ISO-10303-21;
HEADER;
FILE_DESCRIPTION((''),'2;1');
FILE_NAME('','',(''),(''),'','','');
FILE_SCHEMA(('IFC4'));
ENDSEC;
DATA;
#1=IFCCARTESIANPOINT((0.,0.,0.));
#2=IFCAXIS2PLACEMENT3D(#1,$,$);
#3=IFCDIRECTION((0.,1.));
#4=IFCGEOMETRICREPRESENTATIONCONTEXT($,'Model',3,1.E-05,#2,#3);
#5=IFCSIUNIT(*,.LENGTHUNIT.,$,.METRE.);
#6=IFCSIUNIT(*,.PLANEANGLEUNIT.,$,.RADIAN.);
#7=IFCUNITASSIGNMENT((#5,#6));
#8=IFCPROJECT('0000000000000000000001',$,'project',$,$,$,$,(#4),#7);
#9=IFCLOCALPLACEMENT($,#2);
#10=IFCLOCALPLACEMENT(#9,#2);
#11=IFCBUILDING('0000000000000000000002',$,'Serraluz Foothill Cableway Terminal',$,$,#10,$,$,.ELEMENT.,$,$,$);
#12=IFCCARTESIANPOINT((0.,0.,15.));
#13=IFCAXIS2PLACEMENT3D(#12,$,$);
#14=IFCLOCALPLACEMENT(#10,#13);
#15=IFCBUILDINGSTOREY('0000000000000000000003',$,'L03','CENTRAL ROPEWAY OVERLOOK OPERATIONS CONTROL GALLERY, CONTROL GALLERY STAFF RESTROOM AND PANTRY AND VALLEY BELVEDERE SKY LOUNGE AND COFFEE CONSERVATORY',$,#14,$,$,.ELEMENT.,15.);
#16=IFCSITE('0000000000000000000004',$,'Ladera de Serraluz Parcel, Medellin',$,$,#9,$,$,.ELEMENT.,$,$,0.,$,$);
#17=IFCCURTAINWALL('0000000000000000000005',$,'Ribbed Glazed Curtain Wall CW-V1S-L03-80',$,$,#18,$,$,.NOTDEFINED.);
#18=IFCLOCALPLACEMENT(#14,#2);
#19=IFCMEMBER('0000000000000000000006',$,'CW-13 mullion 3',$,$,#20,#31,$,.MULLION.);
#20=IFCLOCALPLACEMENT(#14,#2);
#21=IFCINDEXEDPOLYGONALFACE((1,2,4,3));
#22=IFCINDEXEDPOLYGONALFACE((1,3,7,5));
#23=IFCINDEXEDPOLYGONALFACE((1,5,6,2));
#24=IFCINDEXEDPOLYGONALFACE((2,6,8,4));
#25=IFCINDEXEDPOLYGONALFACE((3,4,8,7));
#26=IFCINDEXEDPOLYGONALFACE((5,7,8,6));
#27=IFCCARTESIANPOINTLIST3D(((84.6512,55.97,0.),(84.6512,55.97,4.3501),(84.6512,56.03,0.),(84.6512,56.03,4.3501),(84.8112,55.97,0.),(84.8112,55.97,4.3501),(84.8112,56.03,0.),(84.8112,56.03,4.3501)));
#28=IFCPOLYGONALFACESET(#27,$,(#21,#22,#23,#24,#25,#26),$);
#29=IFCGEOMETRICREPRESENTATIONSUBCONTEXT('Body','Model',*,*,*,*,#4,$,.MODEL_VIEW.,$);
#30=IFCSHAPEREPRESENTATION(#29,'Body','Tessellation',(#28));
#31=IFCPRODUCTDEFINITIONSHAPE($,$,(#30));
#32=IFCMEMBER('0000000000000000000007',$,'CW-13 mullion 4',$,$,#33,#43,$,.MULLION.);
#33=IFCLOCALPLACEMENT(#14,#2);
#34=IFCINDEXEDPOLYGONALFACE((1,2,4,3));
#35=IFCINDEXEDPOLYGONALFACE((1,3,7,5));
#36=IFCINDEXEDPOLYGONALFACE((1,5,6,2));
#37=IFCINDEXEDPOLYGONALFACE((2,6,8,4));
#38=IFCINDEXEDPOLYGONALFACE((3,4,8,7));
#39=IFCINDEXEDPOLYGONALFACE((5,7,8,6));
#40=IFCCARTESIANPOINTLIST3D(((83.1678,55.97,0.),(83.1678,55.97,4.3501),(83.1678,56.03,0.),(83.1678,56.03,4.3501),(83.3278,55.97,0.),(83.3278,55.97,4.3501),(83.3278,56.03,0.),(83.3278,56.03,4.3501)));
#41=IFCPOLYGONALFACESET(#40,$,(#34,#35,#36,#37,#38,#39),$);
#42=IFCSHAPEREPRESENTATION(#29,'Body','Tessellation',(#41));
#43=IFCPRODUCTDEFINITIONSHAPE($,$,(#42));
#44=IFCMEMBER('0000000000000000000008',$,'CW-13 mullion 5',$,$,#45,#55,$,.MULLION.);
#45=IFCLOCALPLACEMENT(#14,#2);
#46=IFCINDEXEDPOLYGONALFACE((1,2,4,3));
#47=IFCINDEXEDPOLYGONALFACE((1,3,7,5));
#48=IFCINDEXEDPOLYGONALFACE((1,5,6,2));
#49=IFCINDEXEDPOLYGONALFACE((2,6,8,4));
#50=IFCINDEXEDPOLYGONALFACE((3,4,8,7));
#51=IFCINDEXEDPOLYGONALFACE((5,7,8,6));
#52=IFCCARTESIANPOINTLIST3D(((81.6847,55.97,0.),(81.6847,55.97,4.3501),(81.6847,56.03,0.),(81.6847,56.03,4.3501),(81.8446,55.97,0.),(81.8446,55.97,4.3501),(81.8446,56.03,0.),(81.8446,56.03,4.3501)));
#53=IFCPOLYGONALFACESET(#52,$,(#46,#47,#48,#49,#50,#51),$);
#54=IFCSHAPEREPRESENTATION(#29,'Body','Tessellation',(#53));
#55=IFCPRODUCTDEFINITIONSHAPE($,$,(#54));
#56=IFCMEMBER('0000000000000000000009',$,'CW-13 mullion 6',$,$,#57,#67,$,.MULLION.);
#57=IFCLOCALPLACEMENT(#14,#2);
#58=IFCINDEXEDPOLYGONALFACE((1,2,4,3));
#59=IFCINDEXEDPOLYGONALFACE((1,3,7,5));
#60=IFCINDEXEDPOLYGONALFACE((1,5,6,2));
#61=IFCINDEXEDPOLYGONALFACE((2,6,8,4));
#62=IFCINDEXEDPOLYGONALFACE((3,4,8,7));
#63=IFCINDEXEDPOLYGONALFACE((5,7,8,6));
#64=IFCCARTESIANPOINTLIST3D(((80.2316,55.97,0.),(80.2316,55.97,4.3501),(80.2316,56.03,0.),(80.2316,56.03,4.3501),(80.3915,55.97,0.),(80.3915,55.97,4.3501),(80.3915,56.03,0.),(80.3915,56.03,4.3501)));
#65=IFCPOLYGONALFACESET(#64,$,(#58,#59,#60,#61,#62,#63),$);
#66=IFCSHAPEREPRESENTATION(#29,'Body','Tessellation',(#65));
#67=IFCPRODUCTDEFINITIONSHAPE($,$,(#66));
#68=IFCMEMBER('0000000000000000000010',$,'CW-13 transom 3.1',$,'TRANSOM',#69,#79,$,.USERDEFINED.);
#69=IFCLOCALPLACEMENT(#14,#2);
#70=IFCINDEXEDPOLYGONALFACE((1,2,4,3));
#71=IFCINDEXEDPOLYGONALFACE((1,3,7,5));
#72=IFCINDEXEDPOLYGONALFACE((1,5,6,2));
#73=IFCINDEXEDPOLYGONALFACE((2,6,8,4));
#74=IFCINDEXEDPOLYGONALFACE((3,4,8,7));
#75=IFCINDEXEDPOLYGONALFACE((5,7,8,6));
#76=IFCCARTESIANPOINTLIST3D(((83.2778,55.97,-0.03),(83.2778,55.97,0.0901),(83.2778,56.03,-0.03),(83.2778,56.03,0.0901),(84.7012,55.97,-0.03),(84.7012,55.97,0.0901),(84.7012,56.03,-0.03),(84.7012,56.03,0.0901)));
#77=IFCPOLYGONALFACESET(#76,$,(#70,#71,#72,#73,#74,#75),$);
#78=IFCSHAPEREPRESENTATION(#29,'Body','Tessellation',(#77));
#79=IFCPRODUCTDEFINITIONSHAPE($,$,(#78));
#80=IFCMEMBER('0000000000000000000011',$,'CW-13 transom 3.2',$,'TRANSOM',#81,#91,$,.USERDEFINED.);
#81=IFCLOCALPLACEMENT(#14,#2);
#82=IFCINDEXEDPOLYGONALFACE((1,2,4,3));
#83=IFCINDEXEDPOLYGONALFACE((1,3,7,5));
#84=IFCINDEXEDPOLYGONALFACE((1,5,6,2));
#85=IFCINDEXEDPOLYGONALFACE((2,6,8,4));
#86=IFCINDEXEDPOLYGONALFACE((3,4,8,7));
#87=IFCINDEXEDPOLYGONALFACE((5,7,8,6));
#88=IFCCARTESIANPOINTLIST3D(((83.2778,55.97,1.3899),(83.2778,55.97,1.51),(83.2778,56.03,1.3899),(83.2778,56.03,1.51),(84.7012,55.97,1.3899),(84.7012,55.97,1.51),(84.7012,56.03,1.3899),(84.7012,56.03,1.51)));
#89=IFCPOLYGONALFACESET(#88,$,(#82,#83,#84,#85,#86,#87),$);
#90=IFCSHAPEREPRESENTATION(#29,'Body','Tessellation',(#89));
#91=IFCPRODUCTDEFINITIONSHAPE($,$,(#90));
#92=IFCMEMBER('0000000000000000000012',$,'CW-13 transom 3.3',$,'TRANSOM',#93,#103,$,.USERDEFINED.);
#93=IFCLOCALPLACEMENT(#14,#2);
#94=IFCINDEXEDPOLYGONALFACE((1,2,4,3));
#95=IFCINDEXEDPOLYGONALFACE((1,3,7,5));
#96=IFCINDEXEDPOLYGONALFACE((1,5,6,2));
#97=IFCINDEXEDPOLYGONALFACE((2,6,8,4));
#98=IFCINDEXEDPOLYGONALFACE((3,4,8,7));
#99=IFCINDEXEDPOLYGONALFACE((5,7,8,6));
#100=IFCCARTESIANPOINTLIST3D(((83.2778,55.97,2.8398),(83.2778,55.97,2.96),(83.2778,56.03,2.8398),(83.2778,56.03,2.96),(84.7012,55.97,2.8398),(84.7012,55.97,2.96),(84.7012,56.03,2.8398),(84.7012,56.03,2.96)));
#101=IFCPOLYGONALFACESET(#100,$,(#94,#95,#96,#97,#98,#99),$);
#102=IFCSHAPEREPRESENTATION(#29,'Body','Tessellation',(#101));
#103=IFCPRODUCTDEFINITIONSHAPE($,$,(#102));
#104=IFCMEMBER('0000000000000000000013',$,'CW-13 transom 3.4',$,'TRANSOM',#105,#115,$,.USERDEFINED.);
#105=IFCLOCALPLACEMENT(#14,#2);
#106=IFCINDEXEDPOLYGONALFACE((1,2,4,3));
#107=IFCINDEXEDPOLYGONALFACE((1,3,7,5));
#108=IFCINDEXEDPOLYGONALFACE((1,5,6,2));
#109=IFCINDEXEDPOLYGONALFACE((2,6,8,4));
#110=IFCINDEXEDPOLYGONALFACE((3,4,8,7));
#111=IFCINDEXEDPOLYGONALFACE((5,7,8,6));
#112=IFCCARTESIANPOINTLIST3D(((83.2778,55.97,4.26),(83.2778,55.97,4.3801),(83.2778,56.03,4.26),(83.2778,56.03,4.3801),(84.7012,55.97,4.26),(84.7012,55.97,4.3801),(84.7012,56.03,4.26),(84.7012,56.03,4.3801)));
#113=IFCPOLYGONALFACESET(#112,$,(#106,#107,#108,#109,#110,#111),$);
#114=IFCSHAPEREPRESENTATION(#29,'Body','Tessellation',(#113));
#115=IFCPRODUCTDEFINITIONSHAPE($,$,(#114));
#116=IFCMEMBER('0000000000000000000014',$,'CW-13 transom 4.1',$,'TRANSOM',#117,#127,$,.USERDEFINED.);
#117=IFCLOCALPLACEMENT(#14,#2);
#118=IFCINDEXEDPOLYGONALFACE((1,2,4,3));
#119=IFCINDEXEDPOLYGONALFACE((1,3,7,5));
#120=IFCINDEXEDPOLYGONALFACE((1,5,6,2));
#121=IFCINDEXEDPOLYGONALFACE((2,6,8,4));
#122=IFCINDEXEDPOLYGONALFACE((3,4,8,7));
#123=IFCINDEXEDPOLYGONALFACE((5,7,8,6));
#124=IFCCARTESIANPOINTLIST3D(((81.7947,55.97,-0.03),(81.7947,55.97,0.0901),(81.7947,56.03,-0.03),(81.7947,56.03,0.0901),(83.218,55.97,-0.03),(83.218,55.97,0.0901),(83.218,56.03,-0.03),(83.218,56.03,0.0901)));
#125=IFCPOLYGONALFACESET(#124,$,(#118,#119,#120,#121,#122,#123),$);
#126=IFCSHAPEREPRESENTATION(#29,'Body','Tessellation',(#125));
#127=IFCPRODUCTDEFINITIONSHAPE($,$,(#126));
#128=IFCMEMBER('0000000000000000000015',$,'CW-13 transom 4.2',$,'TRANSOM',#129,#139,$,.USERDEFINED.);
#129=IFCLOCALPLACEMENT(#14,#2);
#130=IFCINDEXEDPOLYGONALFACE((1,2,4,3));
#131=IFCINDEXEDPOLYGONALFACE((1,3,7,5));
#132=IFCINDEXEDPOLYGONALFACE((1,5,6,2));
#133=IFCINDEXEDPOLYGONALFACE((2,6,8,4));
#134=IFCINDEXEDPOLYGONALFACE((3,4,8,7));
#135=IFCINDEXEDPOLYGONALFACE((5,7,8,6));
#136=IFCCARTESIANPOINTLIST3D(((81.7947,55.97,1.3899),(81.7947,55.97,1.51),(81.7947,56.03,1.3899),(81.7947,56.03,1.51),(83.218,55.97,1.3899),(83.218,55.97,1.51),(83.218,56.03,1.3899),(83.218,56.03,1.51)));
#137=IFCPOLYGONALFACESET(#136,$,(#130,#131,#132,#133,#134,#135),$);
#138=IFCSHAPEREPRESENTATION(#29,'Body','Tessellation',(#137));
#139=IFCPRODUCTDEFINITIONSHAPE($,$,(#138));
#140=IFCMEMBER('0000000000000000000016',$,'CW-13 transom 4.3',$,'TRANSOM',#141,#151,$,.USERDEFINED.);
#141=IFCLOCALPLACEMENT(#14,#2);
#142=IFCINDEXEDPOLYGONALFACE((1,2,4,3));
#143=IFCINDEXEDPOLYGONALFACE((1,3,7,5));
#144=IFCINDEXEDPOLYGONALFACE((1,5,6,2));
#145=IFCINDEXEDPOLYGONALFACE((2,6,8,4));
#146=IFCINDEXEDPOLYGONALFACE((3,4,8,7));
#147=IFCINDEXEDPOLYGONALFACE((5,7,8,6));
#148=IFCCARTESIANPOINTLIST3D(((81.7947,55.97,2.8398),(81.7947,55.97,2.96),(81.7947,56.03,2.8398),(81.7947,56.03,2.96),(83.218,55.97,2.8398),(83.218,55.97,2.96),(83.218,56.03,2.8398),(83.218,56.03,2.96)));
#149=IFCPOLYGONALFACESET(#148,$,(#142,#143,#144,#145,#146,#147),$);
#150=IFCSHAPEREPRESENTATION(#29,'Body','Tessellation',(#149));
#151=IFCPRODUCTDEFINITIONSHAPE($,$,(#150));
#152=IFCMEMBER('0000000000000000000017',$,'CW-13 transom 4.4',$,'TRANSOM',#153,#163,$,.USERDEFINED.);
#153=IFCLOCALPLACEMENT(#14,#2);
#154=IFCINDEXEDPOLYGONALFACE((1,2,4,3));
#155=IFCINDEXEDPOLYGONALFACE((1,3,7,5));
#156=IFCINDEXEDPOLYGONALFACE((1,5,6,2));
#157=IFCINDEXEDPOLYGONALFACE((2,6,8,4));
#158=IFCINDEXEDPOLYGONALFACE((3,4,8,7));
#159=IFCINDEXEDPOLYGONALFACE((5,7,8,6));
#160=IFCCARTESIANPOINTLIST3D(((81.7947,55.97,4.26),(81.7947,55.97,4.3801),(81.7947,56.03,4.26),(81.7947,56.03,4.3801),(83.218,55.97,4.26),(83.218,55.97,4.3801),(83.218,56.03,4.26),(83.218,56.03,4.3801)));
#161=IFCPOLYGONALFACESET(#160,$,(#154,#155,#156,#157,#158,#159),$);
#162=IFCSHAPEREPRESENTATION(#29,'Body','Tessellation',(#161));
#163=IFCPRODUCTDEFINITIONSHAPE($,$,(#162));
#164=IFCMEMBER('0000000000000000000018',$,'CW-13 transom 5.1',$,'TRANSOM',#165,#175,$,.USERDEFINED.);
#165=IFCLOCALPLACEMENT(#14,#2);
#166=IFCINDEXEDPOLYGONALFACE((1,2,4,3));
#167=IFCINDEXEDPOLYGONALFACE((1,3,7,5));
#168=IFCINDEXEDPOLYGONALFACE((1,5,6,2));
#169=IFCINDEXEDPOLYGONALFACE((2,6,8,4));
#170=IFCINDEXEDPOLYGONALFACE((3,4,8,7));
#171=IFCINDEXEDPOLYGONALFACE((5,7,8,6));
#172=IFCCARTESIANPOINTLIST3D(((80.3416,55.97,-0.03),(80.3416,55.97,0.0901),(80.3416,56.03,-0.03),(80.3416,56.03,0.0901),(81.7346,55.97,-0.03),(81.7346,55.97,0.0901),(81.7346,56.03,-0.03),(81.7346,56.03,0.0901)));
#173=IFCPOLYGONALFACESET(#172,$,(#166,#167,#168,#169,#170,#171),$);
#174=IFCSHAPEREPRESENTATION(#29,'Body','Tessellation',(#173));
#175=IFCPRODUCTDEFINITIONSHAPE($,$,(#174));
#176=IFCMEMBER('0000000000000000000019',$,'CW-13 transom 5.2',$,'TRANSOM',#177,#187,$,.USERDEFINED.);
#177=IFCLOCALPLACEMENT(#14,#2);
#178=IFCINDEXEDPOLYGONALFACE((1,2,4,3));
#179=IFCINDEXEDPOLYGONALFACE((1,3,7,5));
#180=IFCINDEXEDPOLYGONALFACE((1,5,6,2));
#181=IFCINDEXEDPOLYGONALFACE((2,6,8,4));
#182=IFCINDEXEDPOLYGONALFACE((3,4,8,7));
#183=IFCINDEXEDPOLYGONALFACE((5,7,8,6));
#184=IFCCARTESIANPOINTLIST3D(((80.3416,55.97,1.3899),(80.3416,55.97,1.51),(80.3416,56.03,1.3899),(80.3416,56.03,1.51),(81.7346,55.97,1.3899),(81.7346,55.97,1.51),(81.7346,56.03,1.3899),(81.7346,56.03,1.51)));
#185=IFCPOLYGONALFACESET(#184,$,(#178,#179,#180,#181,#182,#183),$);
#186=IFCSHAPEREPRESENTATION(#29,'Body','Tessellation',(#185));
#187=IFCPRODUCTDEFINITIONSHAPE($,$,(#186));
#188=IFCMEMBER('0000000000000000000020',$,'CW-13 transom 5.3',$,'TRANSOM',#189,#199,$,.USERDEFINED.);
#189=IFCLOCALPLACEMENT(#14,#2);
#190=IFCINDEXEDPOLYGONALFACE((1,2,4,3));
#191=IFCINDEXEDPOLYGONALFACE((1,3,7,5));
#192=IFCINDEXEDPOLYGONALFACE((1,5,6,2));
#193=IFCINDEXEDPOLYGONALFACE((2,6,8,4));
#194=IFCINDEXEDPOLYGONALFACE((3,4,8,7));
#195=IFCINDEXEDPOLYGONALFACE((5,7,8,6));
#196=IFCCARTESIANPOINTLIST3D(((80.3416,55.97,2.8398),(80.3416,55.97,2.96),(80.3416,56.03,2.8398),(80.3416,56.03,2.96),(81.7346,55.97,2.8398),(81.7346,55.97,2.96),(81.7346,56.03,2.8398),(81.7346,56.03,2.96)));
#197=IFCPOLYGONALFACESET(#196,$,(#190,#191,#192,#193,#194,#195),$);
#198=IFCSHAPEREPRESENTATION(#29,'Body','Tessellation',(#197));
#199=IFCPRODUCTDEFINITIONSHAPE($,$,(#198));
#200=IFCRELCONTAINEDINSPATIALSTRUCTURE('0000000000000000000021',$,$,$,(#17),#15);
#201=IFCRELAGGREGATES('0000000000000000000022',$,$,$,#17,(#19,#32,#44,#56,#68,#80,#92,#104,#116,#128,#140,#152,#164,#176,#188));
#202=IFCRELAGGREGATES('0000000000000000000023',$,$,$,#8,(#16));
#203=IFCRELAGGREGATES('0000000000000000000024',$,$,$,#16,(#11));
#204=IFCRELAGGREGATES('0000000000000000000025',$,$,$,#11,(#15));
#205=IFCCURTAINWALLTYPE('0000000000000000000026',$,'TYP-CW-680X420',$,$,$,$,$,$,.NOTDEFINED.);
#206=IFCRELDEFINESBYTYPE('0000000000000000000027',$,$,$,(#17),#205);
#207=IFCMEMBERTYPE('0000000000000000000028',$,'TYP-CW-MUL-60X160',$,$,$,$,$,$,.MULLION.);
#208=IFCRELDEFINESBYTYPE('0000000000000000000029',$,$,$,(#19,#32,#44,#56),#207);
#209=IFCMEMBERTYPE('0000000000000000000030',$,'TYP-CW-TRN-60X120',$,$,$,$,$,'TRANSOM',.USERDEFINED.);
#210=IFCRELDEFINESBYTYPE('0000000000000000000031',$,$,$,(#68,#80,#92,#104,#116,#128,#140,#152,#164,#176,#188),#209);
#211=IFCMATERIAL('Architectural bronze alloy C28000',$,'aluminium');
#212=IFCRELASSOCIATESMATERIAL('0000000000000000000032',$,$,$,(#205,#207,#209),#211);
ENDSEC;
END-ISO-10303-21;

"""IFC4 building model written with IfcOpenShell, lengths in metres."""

from ifc_helpers import new_model, si_unit, direction, frame, origin, origin_2d, place, context, subcontext, project, spatial, rectangle, extrude, material, material_profile, profile_set, type_object, element, aggregate, save


model = new_model("IFC4")

# Units and contexts
model_context = context("Model", 3, precision=1e-05, world=origin(), true_north=direction((0.0, 1.0)))
body_context = subcontext(model_context, "Body", "Model", "MODEL_VIEW")
ifc_project = project(units=[si_unit("LENGTHUNIT", "METRE"), si_unit("PLANEANGLEUNIT", "RADIAN")], contexts=[model_context])

# Site, building, storey
site_placement = place(None, origin())
site = spatial("IfcSite", under=ifc_project, at=site_placement, Name="Ladera de Serraluz Parcel, Medellin", CompositionType="ELEMENT", RefElevation=0.0)
building_placement = place(site_placement, origin())
building = spatial("IfcBuilding", under=site, at=building_placement, Name="Serraluz Foothill Cableway Terminal", CompositionType="ELEMENT")
storey_placement = place(building_placement, frame((0.0, 0.0, 15.0)))
storey = spatial("IfcBuildingStorey", under=building, at=storey_placement, Name="L03", Description="CENTRAL ROPEWAY OVERLOOK OPERATIONS CONTROL GALLERY, CONTROL GALLERY STAFF RESTROOM AND PANTRY AND VALLEY BELVEDERE SKY LOUNGE AND COFFEE CONSERVATORY", CompositionType="ELEMENT", Elevation=15.0)

# Curtain wall, members
ifc_material_1 = material(Name="Architectural bronze alloy C28000", Category="aluminium")
curtain_wall_type = type_object("IfcCurtainWallType", Name="TYP-CW-680X420", PredefinedType="NOTDEFINED", material=ifc_material_1)
curtain_wall_placement = place(storey_placement, origin())
curtain_wall = element("IfcCurtainWall", 1, at=curtain_wall_placement, inside=storey, type_object=curtain_wall_type, Name="Ribbed Glazed Curtain Wall CW-V1S-L03-80", PredefinedType="NOTDEFINED")
ifc_material_profile_1 = material_profile(ifc_material_1, rectangle(XDim=0.0601, YDim=0.1599, at=origin_2d()), Name="ALU MULLION 60x160")
ifc_profile_set_1 = profile_set([ifc_material_profile_1], Name="Architectural bronze alloy C28000")
member_type_1 = type_object("IfcMemberType", Name="TYP-CW-MUL-60X160", PredefinedType="MULLION", material=ifc_profile_set_1)
member_1_placement = place(storey_placement, frame((84.7312, 56.0, 0.0), z_axis=(0.0, 0.0, 1.0), x_axis=(0.0, -1.0, 0.0)))
member_1 = element("IfcMember", 2, at=member_1_placement, type_object=member_type_1, Name="CW-13 mullion 3", PredefinedType="MULLION", context=body_context, shape_type="SweptSolid", body=[
    extrude(rectangle(XDim=0.0601, YDim=0.1599, at=origin_2d()), origin(), (0.0, 0.0, 1.0), 4.3501),
])
member_2_placement = place(storey_placement, frame((83.2478, 56.0, 0.0), z_axis=(0.0, 0.0, 1.0), x_axis=(0.0, -1.0, 0.0)))
member_2 = element("IfcMember", 3, at=member_2_placement, type_object=member_type_1, Name="CW-13 mullion 4", PredefinedType="MULLION", context=body_context, shape_type="SweptSolid", body=[
    extrude(rectangle(XDim=0.0601, YDim=0.1599, at=origin_2d()), origin(), (0.0, 0.0, 1.0), 4.3501),
])
member_3_placement = place(storey_placement, frame((81.7646, 56.0, 0.0), z_axis=(0.0, 0.0, 1.0), x_axis=(0.0, -1.0, 0.0)))
member_3 = element("IfcMember", 4, at=member_3_placement, type_object=member_type_1, Name="CW-13 mullion 5", PredefinedType="MULLION", context=body_context, shape_type="SweptSolid", body=[
    extrude(rectangle(XDim=0.0601, YDim=0.1599, at=origin_2d()), origin(), (0.0, 0.0, 1.0), 4.3501),
])
member_4_placement = place(storey_placement, frame((80.3115, 56.0, 0.0), z_axis=(0.0, 0.0, 1.0), x_axis=(0.0, -1.0, 0.0)))
member_4 = element("IfcMember", 5, at=member_4_placement, type_object=member_type_1, Name="CW-13 mullion 6", PredefinedType="MULLION", context=body_context, shape_type="SweptSolid", body=[
    extrude(rectangle(XDim=0.0601, YDim=0.1599, at=origin_2d()), origin(), (0.0, 0.0, 1.0), 4.3501),
])
ifc_material_profile_2 = material_profile(ifc_material_1, rectangle(XDim=0.0601, YDim=0.1201, at=origin_2d()), Name="ALU TRANSOM 60x120")
ifc_profile_set_2 = profile_set([ifc_material_profile_2], Name="Architectural bronze alloy C28000")
member_type_2 = type_object("IfcMemberType", Name="TYP-CW-TRN-60X120", ElementType="TRANSOM", PredefinedType="USERDEFINED", material=ifc_profile_set_2)
member_5_placement = place(storey_placement, frame((84.7012, 56.0, 0.03), z_axis=(-1.0, 0.0, 0.0), x_axis=(0.0, -1.0, 0.0)))
member_5 = element("IfcMember", 6, at=member_5_placement, type_object=member_type_2, Name="CW-13 transom 3.1", ObjectType="TRANSOM", PredefinedType="USERDEFINED", context=body_context, shape_type="SweptSolid", body=[
    extrude(rectangle(XDim=0.0601, YDim=0.1201, at=origin_2d()), origin(), (0.0, 0.0, 1.0), 1.4233),
])
member_6_placement = place(storey_placement, frame((84.7012, 56.0, 1.45), z_axis=(-1.0, 0.0, 0.0), x_axis=(0.0, -1.0, 0.0)))
member_6 = element("IfcMember", 7, at=member_6_placement, type_object=member_type_2, Name="CW-13 transom 3.2", ObjectType="TRANSOM", PredefinedType="USERDEFINED", context=body_context, shape_type="SweptSolid", body=[
    extrude(rectangle(XDim=0.0601, YDim=0.1201, at=origin_2d()), origin(), (0.0, 0.0, 1.0), 1.4233),
])
member_7_placement = place(storey_placement, frame((84.7012, 56.0, 2.8999), z_axis=(-1.0, 0.0, 0.0), x_axis=(0.0, -1.0, 0.0)))
member_7 = element("IfcMember", 8, at=member_7_placement, type_object=member_type_2, Name="CW-13 transom 3.3", ObjectType="TRANSOM", PredefinedType="USERDEFINED", context=body_context, shape_type="SweptSolid", body=[
    extrude(rectangle(XDim=0.0601, YDim=0.1201, at=origin_2d()), origin(), (0.0, 0.0, 1.0), 1.4233),
])
member_8_placement = place(storey_placement, frame((84.7012, 56.0, 4.3201), z_axis=(-1.0, 0.0, 0.0), x_axis=(0.0, -1.0, 0.0)))
member_8 = element("IfcMember", 9, at=member_8_placement, type_object=member_type_2, Name="CW-13 transom 3.4", ObjectType="TRANSOM", PredefinedType="USERDEFINED", context=body_context, shape_type="SweptSolid", body=[
    extrude(rectangle(XDim=0.0601, YDim=0.1201, at=origin_2d()), origin(), (0.0, 0.0, 1.0), 1.4233),
])
member_9_placement = place(storey_placement, frame((83.218, 56.0, 0.03), z_axis=(-1.0, 0.0, 0.0), x_axis=(0.0, -1.0, 0.0)))
member_9 = element("IfcMember", 10, at=member_9_placement, type_object=member_type_2, Name="CW-13 transom 4.1", ObjectType="TRANSOM", PredefinedType="USERDEFINED", context=body_context, shape_type="SweptSolid", body=[
    extrude(rectangle(XDim=0.0601, YDim=0.1201, at=origin_2d()), origin(), (0.0, 0.0, 1.0), 1.4233),
])
member_10_placement = place(storey_placement, frame((83.218, 56.0, 1.45), z_axis=(-1.0, 0.0, 0.0), x_axis=(0.0, -1.0, 0.0)))
member_10 = element("IfcMember", 11, at=member_10_placement, type_object=member_type_2, Name="CW-13 transom 4.2", ObjectType="TRANSOM", PredefinedType="USERDEFINED", context=body_context, shape_type="SweptSolid", body=[
    extrude(rectangle(XDim=0.0601, YDim=0.1201, at=origin_2d()), origin(), (0.0, 0.0, 1.0), 1.4233),
])
member_11_placement = place(storey_placement, frame((83.218, 56.0, 2.8999), z_axis=(-1.0, 0.0, 0.0), x_axis=(0.0, -1.0, 0.0)))
member_11 = element("IfcMember", 12, at=member_11_placement, type_object=member_type_2, Name="CW-13 transom 4.3", ObjectType="TRANSOM", PredefinedType="USERDEFINED", context=body_context, shape_type="SweptSolid", body=[
    extrude(rectangle(XDim=0.0601, YDim=0.1201, at=origin_2d()), origin(), (0.0, 0.0, 1.0), 1.4233),
])
member_12_placement = place(storey_placement, frame((83.218, 56.0, 4.3201), z_axis=(-1.0, 0.0, 0.0), x_axis=(0.0, -1.0, 0.0)))
member_12 = element("IfcMember", 13, at=member_12_placement, type_object=member_type_2, Name="CW-13 transom 4.4", ObjectType="TRANSOM", PredefinedType="USERDEFINED", context=body_context, shape_type="SweptSolid", body=[
    extrude(rectangle(XDim=0.0601, YDim=0.1201, at=origin_2d()), origin(), (0.0, 0.0, 1.0), 1.4233),
])
member_13_placement = place(storey_placement, frame((81.7346, 56.0, 0.03), z_axis=(-1.0, 0.0, 0.0), x_axis=(0.0, -1.0, 0.0)))
member_13 = element("IfcMember", 14, at=member_13_placement, type_object=member_type_2, Name="CW-13 transom 5.1", ObjectType="TRANSOM", PredefinedType="USERDEFINED", context=body_context, shape_type="SweptSolid", body=[
    extrude(rectangle(XDim=0.0601, YDim=0.1201, at=origin_2d()), origin(), (0.0, 0.0, 1.0), 1.3931),
])
member_14_placement = place(storey_placement, frame((81.7346, 56.0, 1.45), z_axis=(-1.0, 0.0, 0.0), x_axis=(0.0, -1.0, 0.0)))
member_14 = element("IfcMember", 15, at=member_14_placement, type_object=member_type_2, Name="CW-13 transom 5.2", ObjectType="TRANSOM", PredefinedType="USERDEFINED", context=body_context, shape_type="SweptSolid", body=[
    extrude(rectangle(XDim=0.0601, YDim=0.1201, at=origin_2d()), origin(), (0.0, 0.0, 1.0), 1.3931),
])
member_15_placement = place(storey_placement, frame((81.7346, 56.0, 2.8999), z_axis=(-1.0, 0.0, 0.0), x_axis=(0.0, -1.0, 0.0)))
member_15 = element("IfcMember", 16, at=member_15_placement, type_object=member_type_2, Name="CW-13 transom 5.3", ObjectType="TRANSOM", PredefinedType="USERDEFINED", context=body_context, shape_type="SweptSolid", body=[
    extrude(rectangle(XDim=0.0601, YDim=0.1201, at=origin_2d()), origin(), (0.0, 0.0, 1.0), 1.3931),
])

aggregate(curtain_wall, [member_1, member_2, member_3, member_4, member_5, member_6, member_7, member_8, member_9, member_10, member_11, member_12, member_13, member_14, member_15])

save(model, "model.ifc")
